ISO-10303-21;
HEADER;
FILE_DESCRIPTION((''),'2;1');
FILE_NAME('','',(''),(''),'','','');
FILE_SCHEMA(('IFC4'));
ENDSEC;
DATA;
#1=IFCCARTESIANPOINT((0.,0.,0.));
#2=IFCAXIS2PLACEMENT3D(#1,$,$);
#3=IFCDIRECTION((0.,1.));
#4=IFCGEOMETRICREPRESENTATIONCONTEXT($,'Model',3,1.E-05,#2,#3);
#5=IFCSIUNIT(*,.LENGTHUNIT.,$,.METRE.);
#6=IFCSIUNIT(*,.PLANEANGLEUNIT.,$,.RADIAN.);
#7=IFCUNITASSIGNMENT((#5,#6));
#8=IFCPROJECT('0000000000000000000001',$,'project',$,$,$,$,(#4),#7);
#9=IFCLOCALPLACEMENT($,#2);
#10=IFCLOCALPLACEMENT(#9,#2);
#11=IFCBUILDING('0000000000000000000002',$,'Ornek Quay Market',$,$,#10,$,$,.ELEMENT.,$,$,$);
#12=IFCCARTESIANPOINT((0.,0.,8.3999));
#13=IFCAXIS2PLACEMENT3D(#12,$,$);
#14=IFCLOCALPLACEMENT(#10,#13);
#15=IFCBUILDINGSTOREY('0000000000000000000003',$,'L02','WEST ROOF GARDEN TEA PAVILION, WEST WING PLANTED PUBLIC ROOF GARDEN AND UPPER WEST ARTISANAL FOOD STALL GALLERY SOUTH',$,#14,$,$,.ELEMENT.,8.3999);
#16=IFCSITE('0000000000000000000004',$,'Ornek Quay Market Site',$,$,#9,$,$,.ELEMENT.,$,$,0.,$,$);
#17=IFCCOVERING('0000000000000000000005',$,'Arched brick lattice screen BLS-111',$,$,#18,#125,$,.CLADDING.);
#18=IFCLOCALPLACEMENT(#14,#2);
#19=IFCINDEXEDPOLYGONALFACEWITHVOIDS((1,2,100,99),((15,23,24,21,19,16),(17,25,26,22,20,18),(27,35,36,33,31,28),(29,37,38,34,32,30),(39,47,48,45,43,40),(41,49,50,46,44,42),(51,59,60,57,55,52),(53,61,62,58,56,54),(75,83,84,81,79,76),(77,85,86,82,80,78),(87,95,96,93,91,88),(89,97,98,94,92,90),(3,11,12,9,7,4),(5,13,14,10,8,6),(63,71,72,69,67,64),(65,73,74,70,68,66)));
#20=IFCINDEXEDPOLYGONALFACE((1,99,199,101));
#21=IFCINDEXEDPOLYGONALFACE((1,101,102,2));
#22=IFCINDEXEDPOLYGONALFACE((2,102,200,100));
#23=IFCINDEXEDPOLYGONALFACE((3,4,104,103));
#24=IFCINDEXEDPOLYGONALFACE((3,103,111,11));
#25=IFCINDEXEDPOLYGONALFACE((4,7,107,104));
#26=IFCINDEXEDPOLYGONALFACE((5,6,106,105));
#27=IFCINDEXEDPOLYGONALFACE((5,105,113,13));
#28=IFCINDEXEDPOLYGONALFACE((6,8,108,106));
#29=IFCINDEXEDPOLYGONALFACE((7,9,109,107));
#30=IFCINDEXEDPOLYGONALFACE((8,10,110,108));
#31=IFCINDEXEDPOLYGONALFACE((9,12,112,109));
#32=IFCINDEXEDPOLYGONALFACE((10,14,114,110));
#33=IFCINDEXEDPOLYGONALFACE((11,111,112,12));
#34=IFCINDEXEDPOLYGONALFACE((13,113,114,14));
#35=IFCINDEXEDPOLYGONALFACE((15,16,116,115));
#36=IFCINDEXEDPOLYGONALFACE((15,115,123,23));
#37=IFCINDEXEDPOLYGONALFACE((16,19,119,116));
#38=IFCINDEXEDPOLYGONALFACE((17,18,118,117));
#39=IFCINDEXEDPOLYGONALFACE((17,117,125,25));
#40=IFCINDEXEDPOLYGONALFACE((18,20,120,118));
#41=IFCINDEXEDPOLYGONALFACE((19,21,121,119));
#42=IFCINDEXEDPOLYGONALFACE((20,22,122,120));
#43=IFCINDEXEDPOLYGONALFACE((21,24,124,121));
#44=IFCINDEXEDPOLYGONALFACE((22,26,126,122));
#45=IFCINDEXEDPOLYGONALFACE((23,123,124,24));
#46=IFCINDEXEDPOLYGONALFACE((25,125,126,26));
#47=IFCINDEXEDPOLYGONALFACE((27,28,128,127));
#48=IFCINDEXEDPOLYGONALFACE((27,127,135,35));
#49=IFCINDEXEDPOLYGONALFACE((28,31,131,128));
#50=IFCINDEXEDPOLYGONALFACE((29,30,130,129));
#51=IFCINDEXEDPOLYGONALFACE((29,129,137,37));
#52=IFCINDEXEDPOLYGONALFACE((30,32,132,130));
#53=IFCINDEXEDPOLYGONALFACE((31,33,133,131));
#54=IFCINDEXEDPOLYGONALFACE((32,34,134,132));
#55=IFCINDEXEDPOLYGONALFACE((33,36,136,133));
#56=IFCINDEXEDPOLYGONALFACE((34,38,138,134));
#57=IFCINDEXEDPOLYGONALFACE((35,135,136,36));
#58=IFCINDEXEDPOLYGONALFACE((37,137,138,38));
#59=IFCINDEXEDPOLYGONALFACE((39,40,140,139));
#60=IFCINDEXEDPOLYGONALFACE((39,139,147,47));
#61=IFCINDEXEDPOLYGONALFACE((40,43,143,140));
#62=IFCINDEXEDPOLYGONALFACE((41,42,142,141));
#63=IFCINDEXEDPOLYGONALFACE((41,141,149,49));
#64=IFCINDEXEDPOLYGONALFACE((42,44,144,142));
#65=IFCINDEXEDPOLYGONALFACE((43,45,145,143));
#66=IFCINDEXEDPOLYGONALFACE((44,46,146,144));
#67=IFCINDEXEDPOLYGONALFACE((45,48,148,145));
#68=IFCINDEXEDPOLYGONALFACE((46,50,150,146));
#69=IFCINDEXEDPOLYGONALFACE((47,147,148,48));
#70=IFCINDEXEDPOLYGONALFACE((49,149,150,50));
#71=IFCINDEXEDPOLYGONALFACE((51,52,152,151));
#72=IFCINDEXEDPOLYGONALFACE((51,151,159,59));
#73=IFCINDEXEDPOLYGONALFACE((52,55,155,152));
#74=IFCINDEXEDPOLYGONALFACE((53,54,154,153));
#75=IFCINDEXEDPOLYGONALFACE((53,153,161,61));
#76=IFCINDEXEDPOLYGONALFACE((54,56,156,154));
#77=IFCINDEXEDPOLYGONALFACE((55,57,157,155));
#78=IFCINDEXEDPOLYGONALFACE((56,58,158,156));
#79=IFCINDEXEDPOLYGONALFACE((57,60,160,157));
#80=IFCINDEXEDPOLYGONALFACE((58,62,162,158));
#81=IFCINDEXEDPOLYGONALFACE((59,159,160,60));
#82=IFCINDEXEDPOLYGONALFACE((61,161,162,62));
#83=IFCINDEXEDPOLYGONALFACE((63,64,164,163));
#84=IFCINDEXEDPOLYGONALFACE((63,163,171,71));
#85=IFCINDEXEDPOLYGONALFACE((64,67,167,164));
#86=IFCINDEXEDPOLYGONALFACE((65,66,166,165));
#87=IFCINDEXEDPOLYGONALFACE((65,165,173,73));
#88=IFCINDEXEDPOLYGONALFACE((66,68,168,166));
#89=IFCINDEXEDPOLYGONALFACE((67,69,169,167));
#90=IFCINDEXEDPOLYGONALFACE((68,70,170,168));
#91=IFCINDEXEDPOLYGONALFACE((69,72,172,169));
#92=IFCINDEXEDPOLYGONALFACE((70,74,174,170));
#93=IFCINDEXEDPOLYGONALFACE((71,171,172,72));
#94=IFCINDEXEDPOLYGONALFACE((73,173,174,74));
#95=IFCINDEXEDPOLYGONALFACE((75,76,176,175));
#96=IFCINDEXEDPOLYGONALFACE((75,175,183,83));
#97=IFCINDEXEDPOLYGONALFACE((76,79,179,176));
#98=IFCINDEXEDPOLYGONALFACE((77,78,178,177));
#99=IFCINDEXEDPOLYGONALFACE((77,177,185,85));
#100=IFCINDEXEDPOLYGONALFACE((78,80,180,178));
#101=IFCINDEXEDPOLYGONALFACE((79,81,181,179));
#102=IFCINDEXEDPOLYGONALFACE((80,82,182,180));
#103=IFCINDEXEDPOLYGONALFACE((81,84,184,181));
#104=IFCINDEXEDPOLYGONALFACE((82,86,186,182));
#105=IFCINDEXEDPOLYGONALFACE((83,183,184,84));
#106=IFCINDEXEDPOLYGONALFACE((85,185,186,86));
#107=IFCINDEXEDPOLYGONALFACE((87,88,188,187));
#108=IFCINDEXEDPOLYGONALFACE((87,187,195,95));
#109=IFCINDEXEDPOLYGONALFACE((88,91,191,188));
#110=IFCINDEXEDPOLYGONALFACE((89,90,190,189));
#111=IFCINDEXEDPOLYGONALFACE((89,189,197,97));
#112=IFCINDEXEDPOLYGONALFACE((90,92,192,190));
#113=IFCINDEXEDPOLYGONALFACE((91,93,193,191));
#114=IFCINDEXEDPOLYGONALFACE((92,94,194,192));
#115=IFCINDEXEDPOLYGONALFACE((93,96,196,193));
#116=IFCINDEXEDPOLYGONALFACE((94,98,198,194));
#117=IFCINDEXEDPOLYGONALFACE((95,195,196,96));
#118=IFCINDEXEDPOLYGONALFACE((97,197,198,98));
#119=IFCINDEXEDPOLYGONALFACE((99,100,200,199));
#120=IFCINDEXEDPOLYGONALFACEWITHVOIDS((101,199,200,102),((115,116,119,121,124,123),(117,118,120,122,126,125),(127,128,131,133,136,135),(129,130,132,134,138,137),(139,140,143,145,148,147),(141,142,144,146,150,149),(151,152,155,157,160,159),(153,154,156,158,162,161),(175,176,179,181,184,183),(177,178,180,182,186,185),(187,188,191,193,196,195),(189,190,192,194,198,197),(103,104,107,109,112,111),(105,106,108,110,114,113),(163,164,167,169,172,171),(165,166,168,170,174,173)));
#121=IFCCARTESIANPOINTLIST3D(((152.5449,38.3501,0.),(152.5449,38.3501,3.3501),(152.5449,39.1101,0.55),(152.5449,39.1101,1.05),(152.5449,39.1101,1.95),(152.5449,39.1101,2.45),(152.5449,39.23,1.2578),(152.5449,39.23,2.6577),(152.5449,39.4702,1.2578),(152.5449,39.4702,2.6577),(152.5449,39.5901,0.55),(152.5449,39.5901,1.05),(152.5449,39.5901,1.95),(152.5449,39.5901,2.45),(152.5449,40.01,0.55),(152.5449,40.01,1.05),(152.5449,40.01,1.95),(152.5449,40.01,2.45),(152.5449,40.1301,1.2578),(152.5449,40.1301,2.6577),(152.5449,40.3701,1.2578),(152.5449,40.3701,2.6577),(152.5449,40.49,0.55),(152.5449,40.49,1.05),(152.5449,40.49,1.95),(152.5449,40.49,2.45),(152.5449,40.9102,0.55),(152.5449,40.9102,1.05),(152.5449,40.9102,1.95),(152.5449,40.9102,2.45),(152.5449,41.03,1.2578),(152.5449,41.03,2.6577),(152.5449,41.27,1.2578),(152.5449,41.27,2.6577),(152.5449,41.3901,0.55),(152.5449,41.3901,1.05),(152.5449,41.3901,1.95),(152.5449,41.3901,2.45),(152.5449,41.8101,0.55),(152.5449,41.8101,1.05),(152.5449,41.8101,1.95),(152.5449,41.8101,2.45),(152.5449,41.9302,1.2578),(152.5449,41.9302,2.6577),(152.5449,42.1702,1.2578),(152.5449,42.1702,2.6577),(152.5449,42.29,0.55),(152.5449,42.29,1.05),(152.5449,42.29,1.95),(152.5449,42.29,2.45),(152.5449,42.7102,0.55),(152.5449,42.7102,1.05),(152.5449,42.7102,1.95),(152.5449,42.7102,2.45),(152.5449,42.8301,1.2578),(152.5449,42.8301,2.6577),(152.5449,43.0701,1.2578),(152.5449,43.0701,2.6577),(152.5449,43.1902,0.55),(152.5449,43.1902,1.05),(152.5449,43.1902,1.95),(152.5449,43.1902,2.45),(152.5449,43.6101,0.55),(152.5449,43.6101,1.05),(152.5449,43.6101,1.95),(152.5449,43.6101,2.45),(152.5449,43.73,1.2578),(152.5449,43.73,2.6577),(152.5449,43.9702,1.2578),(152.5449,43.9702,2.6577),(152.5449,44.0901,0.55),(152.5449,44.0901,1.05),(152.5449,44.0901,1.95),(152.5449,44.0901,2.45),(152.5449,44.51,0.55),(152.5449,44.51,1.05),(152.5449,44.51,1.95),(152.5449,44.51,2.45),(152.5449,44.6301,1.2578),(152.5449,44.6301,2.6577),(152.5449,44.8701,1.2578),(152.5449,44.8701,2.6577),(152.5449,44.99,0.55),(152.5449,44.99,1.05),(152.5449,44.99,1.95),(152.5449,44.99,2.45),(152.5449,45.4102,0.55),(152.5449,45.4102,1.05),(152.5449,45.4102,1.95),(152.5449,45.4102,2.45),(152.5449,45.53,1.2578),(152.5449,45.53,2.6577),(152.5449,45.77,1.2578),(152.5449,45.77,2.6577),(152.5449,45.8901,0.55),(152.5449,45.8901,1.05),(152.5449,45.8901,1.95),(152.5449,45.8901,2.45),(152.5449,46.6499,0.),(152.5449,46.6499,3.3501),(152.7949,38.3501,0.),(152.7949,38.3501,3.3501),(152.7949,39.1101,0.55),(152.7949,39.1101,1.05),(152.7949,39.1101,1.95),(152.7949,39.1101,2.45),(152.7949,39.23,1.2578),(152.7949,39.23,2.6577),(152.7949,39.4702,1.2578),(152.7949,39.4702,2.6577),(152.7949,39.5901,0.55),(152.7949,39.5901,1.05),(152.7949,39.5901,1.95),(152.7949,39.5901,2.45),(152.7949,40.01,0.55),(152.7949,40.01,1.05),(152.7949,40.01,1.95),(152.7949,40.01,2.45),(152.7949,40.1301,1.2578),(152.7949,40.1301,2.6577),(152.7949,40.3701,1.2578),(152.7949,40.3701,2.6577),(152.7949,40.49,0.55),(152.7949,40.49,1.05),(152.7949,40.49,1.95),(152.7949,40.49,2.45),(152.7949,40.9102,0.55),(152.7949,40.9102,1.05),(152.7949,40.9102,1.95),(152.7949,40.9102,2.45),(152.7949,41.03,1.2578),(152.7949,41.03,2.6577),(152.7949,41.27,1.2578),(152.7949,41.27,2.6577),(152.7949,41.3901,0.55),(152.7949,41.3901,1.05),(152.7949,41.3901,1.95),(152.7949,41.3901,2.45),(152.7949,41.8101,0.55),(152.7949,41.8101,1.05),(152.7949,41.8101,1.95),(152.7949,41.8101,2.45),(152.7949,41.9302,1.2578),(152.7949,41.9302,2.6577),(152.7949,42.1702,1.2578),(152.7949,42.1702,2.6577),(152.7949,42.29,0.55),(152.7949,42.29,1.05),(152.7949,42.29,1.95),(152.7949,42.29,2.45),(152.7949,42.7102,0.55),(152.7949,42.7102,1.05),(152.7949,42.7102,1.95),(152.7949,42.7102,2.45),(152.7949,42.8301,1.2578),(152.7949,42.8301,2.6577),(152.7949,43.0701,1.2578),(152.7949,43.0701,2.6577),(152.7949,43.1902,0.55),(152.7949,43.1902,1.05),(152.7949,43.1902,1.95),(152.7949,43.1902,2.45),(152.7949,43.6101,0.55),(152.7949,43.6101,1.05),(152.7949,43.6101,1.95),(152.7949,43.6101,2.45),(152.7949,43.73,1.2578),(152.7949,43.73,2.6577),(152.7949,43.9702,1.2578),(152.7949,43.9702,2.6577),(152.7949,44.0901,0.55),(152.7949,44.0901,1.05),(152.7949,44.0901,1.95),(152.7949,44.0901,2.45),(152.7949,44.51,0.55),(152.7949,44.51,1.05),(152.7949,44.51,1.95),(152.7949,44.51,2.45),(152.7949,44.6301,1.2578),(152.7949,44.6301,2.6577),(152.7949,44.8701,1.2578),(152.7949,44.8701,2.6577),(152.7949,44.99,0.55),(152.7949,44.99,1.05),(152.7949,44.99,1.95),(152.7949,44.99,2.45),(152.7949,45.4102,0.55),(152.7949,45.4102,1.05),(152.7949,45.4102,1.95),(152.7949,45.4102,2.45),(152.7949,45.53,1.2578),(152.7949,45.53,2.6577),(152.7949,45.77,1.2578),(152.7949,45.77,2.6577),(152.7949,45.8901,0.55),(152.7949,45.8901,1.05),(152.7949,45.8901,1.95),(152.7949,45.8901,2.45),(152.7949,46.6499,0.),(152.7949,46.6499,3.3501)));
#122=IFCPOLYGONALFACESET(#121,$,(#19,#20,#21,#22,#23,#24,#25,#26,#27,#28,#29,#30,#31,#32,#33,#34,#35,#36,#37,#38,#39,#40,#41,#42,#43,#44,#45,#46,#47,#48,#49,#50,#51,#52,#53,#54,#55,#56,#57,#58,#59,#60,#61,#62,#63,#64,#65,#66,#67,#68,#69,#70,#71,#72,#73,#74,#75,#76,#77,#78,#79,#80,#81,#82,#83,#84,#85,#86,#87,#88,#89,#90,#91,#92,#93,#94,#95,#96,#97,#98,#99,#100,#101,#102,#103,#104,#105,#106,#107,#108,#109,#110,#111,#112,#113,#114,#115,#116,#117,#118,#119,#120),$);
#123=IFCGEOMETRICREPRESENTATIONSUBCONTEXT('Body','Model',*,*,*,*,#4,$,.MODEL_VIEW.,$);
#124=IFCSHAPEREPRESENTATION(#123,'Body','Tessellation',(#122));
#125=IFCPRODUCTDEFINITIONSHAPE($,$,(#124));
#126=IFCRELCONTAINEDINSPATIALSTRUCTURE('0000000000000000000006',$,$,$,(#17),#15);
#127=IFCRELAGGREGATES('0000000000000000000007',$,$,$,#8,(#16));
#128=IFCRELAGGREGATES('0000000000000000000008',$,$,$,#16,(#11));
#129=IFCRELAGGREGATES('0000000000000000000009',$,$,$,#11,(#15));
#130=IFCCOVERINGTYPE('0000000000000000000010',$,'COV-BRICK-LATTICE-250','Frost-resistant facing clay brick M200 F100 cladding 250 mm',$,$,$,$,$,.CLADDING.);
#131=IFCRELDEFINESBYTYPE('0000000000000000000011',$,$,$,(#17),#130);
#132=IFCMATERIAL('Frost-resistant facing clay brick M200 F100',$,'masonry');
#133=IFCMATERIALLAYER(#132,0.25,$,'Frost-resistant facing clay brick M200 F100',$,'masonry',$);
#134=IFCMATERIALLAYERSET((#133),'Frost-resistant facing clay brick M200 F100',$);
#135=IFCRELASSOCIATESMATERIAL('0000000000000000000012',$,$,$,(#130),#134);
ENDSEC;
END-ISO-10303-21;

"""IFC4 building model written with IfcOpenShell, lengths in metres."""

from ifc_helpers import new_model, si_unit, direction, frame, origin, place, context, subcontext, project, spatial, polyline, outline, extrude, material, layer, layer_set, type_object, element, save


model = new_model("IFC4")

# Units and contexts
model_context = context("Model", 3, precision=1e-05, world=origin(), true_north=direction((0.0, 1.0)))
body_context = subcontext(model_context, "Body", "Model", "MODEL_VIEW")
ifc_project = project(units=[si_unit("LENGTHUNIT", "METRE"), si_unit("PLANEANGLEUNIT", "RADIAN")], contexts=[model_context])

# Site, building, storey
site_placement = place(None, origin())
site = spatial("IfcSite", under=ifc_project, at=site_placement, Name="Ornek Quay Market Site", CompositionType="ELEMENT", RefElevation=0.0)
building_placement = place(site_placement, origin())
building = spatial("IfcBuilding", under=site, at=building_placement, Name="Ornek Quay Market", CompositionType="ELEMENT")
storey_placement = place(building_placement, frame((0.0, 0.0, 8.3999)))
storey = spatial("IfcBuildingStorey", under=building, at=storey_placement, Name="L02", Description="WEST ROOF GARDEN TEA PAVILION, WEST WING PLANTED PUBLIC ROOF GARDEN AND UPPER WEST ARTISANAL FOOD STALL GALLERY SOUTH", CompositionType="ELEMENT", Elevation=8.3999)

# Shared definitions
ifc_material_1 = material(Name="Frost-resistant facing clay brick M200 F100", Category="masonry")

# Covering
ifc_layer_1 = layer(ifc_material_1, 0.25, Name="Frost-resistant facing clay brick M200 F100", Category="masonry")
ifc_layer_set_1 = layer_set([ifc_layer_1], Name="Frost-resistant facing clay brick M200 F100")
covering_type_1 = type_object("IfcCoveringType", Name="COV-BRICK-LATTICE-250", Description="Frost-resistant facing clay brick M200 F100 cladding 250 mm", PredefinedType="CLADDING", material=ifc_layer_set_1)
covering_1_placement = place(storey_placement, frame((152.6699, 38.3501, 0.0), z_axis=(0.0, 0.0, 1.0), x_axis=(0.0, 1.0, 0.0)))
element("IfcCovering", 1, at=covering_1_placement, inside=storey, type_object=covering_type_1, Name="Arched brick lattice screen BLS-111", PredefinedType="CLADDING", context=body_context, shape_type="SweptSolid", body=[
    extrude(outline(polyline([(0.0, 0.0), (8.2998, 0.0), (8.2998, 3.3501), (0.0, 3.3501), (0.0, 0.0)]), holes=[polyline([(0.76, 0.55), (1.24, 0.55), (1.24, 1.05), (1.1201, 1.2578), (0.8799, 1.2578), (0.76, 1.05), (0.76, 0.55)]), polyline([(0.76, 1.95), (1.24, 1.95), (1.24, 2.45), (1.1201, 2.6577), (0.8799, 2.6577), (0.76, 2.45), (0.76, 1.95)]), polyline([(1.6599, 0.55), (2.1399, 0.55), (2.1399, 1.05), (2.02, 1.2578), (1.78, 1.2578), (1.6599, 1.05), (1.6599, 0.55)]), polyline([(1.6599, 1.95), (2.1399, 1.95), (2.1399, 2.45), (2.02, 2.6577), (1.78, 2.6577), (1.6599, 2.45), (1.6599, 1.95)]), polyline([(2.5601, 0.55), (3.04, 0.55), (3.04, 1.05), (2.9199, 1.2578), (2.6799, 1.2578), (2.5601, 1.05), (2.5601, 0.55)]), polyline([(2.5601, 1.95), (3.04, 1.95), (3.04, 2.45), (2.9199, 2.6577), (2.6799, 2.6577), (2.5601, 2.45), (2.5601, 1.95)]), polyline([(3.46, 0.55), (3.9399, 0.55), (3.9399, 1.05), (3.8201, 1.2578), (3.5801, 1.2578), (3.46, 1.05), (3.46, 0.55)]), polyline([(3.46, 1.95), (3.9399, 1.95), (3.9399, 2.45), (3.8201, 2.6577), (3.5801, 2.6577), (3.46, 2.45), (3.46, 1.95)]), polyline([(4.3601, 0.55), (4.8401, 0.55), (4.8401, 1.05), (4.72, 1.2578), (4.48, 1.2578), (4.3601, 1.05), (4.3601, 0.55)]), polyline([(4.3601, 1.95), (4.8401, 1.95), (4.8401, 2.45), (4.72, 2.6577), (4.48, 2.6577), (4.3601, 2.45), (4.3601, 1.95)]), polyline([(5.26, 0.55), (5.74, 0.55), (5.74, 1.05), (5.6201, 1.2578), (5.3799, 1.2578), (5.26, 1.05), (5.26, 0.55)]), polyline([(5.26, 1.95), (5.74, 1.95), (5.74, 2.45), (5.6201, 2.6577), (5.3799, 2.6577), (5.26, 2.45), (5.26, 1.95)]), polyline([(6.1599, 0.55), (6.6399, 0.55), (6.6399, 1.05), (6.52, 1.2578), (6.28, 1.2578), (6.1599, 1.05), (6.1599, 0.55)]), polyline([(6.1599, 1.95), (6.6399, 1.95), (6.6399, 2.45), (6.52, 2.6577), (6.28, 2.6577), (6.1599, 2.45), (6.1599, 1.95)]), polyline([(7.0601, 0.55), (7.54, 0.55), (7.54, 1.05), (7.4199, 1.2578), (7.1799, 1.2578), (7.0601, 1.05), (7.0601, 0.55)]), polyline([(7.0601, 1.95), (7.54, 1.95), (7.54, 2.45), (7.4199, 2.6577), (7.1799, 2.6577), (7.0601, 2.45), (7.0601, 1.95)])]), frame((0.0, 0.125, 0.0), z_axis=(0.0, -1.0, 0.0), x_axis=(1.0, 0.0, 0.0)), (0.0, 0.0, 1.0), 0.25),
])

save(model, "model.ifc")
